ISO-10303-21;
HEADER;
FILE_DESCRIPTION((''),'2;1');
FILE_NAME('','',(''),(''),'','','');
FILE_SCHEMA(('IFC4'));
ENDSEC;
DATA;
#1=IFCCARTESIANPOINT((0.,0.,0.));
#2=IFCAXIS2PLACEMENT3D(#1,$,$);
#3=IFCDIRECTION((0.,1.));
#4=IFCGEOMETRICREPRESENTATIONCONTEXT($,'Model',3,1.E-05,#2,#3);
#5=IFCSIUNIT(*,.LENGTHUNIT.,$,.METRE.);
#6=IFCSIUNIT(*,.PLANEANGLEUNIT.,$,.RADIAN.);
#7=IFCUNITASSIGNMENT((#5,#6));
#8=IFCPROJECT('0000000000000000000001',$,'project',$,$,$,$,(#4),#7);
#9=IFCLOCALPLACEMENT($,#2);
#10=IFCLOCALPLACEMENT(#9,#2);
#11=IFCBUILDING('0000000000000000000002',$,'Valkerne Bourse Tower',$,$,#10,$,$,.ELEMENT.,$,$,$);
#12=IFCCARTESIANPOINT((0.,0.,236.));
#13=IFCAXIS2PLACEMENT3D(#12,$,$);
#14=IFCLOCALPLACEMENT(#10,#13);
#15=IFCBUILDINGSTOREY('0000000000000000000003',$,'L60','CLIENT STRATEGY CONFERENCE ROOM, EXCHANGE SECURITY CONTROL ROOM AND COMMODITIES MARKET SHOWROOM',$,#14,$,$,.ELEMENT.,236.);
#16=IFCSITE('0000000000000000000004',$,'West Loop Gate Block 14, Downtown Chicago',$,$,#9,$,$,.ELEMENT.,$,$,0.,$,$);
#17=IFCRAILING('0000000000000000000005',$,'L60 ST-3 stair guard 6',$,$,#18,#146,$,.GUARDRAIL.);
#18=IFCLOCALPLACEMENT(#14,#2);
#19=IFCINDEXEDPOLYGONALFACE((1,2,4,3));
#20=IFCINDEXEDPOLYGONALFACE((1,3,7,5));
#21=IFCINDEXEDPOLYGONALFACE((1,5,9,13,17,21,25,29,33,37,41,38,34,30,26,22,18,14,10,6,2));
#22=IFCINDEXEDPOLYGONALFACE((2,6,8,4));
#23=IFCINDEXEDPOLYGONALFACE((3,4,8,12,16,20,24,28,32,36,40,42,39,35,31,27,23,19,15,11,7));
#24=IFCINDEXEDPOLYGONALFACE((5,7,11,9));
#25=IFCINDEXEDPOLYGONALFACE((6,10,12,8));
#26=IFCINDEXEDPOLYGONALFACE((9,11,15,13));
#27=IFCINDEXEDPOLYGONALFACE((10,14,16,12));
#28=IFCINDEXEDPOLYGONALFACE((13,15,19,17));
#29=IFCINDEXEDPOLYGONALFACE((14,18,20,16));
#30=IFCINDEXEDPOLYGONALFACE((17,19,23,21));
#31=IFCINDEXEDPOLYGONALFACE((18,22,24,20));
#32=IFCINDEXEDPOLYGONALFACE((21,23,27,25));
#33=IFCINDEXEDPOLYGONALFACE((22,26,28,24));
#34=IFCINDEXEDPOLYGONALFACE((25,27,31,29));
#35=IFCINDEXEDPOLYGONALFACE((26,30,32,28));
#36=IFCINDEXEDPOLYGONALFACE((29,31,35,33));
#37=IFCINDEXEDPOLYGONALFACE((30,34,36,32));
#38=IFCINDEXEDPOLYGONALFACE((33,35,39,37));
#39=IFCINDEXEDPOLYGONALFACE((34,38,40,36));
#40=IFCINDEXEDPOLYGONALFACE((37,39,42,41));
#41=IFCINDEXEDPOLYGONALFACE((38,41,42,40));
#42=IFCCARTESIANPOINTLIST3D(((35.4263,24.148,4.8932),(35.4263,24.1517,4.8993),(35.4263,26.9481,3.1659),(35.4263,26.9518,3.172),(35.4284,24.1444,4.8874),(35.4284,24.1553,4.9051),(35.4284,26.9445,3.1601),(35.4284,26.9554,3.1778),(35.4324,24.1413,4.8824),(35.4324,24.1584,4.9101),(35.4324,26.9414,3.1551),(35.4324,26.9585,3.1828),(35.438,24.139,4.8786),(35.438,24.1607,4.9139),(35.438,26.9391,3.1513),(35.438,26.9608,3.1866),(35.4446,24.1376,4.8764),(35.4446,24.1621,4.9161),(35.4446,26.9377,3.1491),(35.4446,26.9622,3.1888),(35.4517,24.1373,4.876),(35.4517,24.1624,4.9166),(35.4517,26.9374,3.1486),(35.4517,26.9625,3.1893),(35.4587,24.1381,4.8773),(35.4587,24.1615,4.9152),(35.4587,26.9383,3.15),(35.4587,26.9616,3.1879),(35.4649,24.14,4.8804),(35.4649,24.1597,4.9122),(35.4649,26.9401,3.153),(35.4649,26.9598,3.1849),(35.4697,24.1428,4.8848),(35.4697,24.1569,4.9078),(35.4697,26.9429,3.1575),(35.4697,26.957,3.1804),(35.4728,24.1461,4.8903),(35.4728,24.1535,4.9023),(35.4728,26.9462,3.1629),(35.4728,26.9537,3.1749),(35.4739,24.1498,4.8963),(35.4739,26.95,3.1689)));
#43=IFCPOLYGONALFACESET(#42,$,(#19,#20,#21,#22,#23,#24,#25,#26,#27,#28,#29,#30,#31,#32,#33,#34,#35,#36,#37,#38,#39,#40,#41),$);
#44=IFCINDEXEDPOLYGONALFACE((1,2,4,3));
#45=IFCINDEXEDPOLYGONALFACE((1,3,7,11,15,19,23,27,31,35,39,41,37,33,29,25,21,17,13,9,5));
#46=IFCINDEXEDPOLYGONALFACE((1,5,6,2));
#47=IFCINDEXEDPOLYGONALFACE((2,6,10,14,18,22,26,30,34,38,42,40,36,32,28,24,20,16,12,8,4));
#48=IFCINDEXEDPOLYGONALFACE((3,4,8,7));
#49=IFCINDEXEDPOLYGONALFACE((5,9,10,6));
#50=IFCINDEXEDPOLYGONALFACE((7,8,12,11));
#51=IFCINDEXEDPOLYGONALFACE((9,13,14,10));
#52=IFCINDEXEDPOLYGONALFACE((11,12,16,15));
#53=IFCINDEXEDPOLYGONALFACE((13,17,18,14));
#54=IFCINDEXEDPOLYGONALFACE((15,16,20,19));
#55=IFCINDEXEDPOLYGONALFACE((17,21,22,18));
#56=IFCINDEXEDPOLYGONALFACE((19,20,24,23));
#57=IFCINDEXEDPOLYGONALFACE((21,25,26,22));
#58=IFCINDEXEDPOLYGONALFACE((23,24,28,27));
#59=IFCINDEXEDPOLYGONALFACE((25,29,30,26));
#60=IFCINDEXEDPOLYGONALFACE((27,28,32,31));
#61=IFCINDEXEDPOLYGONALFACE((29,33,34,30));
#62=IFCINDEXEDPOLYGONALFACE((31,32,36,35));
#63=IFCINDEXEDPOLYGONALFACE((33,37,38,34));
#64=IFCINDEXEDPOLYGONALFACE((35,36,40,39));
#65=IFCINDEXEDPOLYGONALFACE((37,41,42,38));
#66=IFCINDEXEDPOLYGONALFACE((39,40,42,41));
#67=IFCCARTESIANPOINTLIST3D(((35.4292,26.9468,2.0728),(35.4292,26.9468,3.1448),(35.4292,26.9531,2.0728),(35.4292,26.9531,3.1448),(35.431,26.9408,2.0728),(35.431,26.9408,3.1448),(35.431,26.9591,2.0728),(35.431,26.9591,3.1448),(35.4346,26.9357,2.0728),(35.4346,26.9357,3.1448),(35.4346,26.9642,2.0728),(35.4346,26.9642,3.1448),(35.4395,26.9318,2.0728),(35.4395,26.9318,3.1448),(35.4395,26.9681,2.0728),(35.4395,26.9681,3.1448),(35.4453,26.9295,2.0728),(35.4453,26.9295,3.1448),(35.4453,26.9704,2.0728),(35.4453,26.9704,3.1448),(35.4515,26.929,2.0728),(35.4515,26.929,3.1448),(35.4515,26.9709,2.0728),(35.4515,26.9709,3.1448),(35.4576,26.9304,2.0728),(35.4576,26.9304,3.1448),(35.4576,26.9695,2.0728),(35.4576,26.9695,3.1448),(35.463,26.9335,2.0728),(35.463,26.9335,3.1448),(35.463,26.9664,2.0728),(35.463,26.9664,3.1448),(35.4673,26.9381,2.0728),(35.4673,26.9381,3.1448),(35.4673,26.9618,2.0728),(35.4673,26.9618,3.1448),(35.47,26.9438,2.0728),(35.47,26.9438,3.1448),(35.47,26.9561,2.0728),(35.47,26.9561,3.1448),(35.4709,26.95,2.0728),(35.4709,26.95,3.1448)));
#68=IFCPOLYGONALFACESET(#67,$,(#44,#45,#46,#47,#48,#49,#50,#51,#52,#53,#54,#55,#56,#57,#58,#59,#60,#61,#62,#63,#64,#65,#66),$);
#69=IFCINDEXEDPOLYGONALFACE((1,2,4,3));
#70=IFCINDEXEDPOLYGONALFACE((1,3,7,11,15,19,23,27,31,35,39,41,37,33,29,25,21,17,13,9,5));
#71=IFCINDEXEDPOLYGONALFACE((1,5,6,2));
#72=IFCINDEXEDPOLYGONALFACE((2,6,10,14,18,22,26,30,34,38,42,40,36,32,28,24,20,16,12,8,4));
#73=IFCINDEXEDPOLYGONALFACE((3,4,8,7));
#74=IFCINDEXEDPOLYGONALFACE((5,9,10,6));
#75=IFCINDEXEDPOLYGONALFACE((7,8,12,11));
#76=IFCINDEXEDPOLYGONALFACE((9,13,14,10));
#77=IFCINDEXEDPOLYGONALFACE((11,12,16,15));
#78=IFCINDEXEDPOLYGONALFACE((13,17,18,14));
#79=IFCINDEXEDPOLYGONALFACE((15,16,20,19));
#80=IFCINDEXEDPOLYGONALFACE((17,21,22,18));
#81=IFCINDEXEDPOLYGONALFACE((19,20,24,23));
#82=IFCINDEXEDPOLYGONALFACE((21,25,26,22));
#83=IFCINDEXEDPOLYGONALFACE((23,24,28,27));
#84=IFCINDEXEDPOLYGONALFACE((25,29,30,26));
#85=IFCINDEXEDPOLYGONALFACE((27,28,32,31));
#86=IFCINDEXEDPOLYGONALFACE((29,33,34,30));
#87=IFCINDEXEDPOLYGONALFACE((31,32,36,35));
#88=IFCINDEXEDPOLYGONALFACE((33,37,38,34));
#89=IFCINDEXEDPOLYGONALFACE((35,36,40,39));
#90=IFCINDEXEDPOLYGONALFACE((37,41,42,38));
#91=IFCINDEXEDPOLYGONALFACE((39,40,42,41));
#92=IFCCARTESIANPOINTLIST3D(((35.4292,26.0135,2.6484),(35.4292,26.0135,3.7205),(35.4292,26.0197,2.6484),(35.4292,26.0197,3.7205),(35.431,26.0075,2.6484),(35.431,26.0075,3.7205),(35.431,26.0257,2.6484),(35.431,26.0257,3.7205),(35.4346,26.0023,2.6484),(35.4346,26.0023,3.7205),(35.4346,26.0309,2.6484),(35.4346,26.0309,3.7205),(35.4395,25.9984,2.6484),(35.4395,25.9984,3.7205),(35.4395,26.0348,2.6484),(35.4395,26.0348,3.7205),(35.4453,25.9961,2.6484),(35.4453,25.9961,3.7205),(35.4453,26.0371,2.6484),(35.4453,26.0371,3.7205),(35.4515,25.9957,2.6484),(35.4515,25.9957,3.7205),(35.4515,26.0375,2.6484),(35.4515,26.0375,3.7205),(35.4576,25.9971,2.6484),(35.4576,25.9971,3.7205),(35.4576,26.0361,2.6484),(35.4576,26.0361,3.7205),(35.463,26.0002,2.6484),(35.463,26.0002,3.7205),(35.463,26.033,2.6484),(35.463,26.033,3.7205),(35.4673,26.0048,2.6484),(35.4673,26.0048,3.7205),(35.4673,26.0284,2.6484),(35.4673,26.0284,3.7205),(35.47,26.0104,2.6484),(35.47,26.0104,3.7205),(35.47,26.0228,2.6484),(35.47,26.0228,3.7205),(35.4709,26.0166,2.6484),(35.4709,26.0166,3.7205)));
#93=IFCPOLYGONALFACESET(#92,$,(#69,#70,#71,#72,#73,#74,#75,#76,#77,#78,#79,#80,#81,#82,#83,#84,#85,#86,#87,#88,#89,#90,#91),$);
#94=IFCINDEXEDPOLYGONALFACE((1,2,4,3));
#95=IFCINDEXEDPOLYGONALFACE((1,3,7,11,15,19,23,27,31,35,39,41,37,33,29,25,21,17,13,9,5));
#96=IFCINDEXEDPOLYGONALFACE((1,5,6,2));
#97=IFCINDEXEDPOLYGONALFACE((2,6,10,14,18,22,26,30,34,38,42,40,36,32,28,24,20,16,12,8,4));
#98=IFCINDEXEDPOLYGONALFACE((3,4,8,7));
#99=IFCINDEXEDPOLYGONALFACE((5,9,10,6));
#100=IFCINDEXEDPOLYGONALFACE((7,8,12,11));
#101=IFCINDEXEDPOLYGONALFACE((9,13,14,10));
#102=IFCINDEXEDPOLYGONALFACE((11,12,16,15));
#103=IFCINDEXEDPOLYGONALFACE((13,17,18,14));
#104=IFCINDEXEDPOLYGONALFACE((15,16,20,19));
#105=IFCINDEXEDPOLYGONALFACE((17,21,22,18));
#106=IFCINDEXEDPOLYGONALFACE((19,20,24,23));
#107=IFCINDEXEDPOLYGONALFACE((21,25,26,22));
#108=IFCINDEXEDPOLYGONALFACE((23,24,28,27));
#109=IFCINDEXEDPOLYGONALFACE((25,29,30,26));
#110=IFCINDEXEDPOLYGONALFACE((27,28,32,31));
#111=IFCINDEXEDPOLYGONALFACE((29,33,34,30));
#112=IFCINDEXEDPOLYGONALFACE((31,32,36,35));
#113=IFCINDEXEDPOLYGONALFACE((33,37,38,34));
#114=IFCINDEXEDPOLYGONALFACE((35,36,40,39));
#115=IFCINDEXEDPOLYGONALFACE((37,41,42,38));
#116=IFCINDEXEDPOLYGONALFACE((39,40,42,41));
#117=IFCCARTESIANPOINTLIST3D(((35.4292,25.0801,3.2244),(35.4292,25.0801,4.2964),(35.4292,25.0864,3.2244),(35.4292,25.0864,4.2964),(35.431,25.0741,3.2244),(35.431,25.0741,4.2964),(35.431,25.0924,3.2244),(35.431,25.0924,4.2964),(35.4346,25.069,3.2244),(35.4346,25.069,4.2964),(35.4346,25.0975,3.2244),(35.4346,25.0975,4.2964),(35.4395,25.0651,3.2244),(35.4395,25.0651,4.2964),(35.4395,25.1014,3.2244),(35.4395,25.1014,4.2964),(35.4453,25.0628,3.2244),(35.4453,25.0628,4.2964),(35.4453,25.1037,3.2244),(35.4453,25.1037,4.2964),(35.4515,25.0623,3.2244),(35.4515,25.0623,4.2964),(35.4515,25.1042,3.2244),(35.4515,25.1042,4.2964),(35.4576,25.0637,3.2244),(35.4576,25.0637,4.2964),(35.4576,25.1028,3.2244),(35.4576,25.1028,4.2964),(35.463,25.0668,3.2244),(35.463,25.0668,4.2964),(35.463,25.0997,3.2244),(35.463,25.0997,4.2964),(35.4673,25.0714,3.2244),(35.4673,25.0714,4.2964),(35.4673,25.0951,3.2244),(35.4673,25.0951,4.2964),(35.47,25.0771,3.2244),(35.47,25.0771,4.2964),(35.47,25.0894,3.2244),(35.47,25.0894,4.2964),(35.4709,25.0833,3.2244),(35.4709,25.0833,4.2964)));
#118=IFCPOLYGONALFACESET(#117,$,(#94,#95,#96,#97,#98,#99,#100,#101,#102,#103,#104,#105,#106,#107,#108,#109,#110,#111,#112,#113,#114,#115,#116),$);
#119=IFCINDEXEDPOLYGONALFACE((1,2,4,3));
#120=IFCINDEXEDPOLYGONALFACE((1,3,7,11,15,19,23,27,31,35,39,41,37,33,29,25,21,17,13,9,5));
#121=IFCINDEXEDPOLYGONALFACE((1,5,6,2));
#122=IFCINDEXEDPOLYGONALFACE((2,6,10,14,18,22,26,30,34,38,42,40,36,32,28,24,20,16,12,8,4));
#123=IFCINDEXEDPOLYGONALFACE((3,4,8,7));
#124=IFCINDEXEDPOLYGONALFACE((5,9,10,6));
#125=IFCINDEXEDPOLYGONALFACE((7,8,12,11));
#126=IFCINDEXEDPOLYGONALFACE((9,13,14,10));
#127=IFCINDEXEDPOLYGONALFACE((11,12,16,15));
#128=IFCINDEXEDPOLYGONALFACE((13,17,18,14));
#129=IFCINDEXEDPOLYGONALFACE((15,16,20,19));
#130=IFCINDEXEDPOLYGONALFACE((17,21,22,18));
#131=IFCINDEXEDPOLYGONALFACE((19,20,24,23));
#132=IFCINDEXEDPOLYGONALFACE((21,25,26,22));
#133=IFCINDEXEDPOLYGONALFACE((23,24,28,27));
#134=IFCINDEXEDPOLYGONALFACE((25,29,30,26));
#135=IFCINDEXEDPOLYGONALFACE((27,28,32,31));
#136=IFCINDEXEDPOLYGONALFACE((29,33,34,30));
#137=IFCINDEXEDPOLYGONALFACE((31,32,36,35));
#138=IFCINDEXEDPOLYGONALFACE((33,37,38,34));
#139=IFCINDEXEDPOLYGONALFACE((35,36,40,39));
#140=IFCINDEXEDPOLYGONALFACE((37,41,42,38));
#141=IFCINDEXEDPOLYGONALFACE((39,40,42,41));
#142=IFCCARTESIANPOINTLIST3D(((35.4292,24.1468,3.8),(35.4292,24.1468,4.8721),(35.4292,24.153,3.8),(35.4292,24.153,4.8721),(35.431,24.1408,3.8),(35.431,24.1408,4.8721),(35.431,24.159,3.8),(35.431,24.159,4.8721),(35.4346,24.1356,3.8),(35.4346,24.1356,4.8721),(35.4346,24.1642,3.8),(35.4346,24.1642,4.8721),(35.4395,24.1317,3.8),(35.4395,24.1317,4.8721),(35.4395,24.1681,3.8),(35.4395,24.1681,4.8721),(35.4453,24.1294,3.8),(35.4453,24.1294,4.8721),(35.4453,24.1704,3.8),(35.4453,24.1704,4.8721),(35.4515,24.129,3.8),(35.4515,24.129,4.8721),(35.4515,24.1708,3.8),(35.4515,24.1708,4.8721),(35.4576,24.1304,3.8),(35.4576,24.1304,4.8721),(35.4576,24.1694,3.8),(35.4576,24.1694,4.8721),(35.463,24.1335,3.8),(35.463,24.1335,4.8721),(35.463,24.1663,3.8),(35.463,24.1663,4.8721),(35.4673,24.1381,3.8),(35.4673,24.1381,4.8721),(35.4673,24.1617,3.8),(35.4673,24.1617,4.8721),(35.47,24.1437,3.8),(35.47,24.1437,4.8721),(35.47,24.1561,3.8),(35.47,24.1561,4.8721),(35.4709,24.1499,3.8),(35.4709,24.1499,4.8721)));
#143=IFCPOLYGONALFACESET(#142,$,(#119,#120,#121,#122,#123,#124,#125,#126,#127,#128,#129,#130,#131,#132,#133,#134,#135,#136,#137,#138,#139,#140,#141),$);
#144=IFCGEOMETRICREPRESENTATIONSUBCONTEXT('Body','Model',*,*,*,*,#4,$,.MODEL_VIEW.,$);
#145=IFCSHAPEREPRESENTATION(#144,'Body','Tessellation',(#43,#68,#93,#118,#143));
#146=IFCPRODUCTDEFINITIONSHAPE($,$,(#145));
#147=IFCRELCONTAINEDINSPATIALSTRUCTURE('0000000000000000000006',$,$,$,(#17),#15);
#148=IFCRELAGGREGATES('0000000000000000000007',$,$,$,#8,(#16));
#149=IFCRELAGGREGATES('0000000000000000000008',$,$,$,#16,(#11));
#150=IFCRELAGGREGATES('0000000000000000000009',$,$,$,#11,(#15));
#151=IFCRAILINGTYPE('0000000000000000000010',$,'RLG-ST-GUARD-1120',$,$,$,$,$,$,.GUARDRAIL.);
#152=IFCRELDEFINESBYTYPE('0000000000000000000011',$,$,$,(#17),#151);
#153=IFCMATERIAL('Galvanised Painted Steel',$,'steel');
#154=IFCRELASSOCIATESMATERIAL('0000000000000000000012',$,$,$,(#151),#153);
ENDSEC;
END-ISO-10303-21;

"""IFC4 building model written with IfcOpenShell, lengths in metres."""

from ifc_helpers import new_model, si_unit, direction, frame, origin, origin_2d, place, context, subcontext, project, spatial, circle, extrude, material, type_object, element, save


model = new_model("IFC4")

# Units and contexts
model_context = context("Model", 3, precision=1e-05, world=origin(), true_north=direction((0.0, 1.0)))
body_context = subcontext(model_context, "Body", "Model", "MODEL_VIEW")
ifc_project = project(units=[si_unit("LENGTHUNIT", "METRE"), si_unit("PLANEANGLEUNIT", "RADIAN")], contexts=[model_context])

# Site, building, storey
site_placement = place(None, origin())
site = spatial("IfcSite", under=ifc_project, at=site_placement, Name="West Loop Gate Block 14, Downtown Chicago", CompositionType="ELEMENT", RefElevation=0.0)
building_placement = place(site_placement, origin())
building = spatial("IfcBuilding", under=site, at=building_placement, Name="Valkerne Bourse Tower", CompositionType="ELEMENT")
storey_placement = place(building_placement, frame((0.0, 0.0, 236.0)))
storey = spatial("IfcBuildingStorey", under=building, at=storey_placement, Name="L60", Description="CLIENT STRATEGY CONFERENCE ROOM, EXCHANGE SECURITY CONTROL ROOM AND COMMODITIES MARKET SHOWROOM", CompositionType="ELEMENT", Elevation=236.0)

# Railing
ifc_material_1 = material(Name="Galvanised Painted Steel", Category="steel")
railing_type_1 = type_object("IfcRailingType", Name="RLG-ST-GUARD-1120", PredefinedType="GUARDRAIL", material=ifc_material_1)
railing_1_placement = place(storey_placement, frame((35.45, 26.95, 2.0728)))
element("IfcRailing", 1, at=railing_1_placement, inside=storey, type_object=railing_type_1, Name="L60 ST-3 stair guard 6", PredefinedType="GUARDRAIL", context=body_context, shape_type="SweptSolid", body=[
    extrude(circle(Radius=0.0239, at=origin_2d()), frame((0.0, 0.0, 1.0962), z_axis=(0.0, -0.85109, 0.52502), x_axis=(1.0, 0.0, 0.0)), (0.0, 0.0, 1.0), 3.29),
    extrude(circle(Radius=0.021, at=origin_2d()), origin(), (0.0, 0.0, 1.0), 1.072),
    extrude(circle(Radius=0.021, at=origin_2d()), frame((0.0, -0.9333, 0.5757)), (0.0, 0.0, 1.0), 1.072),
    extrude(circle(Radius=0.021, at=origin_2d()), frame((0.0, -1.8667, 1.1516)), (0.0, 0.0, 1.0), 1.072),
    extrude(circle(Radius=0.021, at=origin_2d()), frame((0.0, -2.8, 1.7273)), (0.0, 0.0, 1.0), 1.072),
])

save(model, "model.ifc")
